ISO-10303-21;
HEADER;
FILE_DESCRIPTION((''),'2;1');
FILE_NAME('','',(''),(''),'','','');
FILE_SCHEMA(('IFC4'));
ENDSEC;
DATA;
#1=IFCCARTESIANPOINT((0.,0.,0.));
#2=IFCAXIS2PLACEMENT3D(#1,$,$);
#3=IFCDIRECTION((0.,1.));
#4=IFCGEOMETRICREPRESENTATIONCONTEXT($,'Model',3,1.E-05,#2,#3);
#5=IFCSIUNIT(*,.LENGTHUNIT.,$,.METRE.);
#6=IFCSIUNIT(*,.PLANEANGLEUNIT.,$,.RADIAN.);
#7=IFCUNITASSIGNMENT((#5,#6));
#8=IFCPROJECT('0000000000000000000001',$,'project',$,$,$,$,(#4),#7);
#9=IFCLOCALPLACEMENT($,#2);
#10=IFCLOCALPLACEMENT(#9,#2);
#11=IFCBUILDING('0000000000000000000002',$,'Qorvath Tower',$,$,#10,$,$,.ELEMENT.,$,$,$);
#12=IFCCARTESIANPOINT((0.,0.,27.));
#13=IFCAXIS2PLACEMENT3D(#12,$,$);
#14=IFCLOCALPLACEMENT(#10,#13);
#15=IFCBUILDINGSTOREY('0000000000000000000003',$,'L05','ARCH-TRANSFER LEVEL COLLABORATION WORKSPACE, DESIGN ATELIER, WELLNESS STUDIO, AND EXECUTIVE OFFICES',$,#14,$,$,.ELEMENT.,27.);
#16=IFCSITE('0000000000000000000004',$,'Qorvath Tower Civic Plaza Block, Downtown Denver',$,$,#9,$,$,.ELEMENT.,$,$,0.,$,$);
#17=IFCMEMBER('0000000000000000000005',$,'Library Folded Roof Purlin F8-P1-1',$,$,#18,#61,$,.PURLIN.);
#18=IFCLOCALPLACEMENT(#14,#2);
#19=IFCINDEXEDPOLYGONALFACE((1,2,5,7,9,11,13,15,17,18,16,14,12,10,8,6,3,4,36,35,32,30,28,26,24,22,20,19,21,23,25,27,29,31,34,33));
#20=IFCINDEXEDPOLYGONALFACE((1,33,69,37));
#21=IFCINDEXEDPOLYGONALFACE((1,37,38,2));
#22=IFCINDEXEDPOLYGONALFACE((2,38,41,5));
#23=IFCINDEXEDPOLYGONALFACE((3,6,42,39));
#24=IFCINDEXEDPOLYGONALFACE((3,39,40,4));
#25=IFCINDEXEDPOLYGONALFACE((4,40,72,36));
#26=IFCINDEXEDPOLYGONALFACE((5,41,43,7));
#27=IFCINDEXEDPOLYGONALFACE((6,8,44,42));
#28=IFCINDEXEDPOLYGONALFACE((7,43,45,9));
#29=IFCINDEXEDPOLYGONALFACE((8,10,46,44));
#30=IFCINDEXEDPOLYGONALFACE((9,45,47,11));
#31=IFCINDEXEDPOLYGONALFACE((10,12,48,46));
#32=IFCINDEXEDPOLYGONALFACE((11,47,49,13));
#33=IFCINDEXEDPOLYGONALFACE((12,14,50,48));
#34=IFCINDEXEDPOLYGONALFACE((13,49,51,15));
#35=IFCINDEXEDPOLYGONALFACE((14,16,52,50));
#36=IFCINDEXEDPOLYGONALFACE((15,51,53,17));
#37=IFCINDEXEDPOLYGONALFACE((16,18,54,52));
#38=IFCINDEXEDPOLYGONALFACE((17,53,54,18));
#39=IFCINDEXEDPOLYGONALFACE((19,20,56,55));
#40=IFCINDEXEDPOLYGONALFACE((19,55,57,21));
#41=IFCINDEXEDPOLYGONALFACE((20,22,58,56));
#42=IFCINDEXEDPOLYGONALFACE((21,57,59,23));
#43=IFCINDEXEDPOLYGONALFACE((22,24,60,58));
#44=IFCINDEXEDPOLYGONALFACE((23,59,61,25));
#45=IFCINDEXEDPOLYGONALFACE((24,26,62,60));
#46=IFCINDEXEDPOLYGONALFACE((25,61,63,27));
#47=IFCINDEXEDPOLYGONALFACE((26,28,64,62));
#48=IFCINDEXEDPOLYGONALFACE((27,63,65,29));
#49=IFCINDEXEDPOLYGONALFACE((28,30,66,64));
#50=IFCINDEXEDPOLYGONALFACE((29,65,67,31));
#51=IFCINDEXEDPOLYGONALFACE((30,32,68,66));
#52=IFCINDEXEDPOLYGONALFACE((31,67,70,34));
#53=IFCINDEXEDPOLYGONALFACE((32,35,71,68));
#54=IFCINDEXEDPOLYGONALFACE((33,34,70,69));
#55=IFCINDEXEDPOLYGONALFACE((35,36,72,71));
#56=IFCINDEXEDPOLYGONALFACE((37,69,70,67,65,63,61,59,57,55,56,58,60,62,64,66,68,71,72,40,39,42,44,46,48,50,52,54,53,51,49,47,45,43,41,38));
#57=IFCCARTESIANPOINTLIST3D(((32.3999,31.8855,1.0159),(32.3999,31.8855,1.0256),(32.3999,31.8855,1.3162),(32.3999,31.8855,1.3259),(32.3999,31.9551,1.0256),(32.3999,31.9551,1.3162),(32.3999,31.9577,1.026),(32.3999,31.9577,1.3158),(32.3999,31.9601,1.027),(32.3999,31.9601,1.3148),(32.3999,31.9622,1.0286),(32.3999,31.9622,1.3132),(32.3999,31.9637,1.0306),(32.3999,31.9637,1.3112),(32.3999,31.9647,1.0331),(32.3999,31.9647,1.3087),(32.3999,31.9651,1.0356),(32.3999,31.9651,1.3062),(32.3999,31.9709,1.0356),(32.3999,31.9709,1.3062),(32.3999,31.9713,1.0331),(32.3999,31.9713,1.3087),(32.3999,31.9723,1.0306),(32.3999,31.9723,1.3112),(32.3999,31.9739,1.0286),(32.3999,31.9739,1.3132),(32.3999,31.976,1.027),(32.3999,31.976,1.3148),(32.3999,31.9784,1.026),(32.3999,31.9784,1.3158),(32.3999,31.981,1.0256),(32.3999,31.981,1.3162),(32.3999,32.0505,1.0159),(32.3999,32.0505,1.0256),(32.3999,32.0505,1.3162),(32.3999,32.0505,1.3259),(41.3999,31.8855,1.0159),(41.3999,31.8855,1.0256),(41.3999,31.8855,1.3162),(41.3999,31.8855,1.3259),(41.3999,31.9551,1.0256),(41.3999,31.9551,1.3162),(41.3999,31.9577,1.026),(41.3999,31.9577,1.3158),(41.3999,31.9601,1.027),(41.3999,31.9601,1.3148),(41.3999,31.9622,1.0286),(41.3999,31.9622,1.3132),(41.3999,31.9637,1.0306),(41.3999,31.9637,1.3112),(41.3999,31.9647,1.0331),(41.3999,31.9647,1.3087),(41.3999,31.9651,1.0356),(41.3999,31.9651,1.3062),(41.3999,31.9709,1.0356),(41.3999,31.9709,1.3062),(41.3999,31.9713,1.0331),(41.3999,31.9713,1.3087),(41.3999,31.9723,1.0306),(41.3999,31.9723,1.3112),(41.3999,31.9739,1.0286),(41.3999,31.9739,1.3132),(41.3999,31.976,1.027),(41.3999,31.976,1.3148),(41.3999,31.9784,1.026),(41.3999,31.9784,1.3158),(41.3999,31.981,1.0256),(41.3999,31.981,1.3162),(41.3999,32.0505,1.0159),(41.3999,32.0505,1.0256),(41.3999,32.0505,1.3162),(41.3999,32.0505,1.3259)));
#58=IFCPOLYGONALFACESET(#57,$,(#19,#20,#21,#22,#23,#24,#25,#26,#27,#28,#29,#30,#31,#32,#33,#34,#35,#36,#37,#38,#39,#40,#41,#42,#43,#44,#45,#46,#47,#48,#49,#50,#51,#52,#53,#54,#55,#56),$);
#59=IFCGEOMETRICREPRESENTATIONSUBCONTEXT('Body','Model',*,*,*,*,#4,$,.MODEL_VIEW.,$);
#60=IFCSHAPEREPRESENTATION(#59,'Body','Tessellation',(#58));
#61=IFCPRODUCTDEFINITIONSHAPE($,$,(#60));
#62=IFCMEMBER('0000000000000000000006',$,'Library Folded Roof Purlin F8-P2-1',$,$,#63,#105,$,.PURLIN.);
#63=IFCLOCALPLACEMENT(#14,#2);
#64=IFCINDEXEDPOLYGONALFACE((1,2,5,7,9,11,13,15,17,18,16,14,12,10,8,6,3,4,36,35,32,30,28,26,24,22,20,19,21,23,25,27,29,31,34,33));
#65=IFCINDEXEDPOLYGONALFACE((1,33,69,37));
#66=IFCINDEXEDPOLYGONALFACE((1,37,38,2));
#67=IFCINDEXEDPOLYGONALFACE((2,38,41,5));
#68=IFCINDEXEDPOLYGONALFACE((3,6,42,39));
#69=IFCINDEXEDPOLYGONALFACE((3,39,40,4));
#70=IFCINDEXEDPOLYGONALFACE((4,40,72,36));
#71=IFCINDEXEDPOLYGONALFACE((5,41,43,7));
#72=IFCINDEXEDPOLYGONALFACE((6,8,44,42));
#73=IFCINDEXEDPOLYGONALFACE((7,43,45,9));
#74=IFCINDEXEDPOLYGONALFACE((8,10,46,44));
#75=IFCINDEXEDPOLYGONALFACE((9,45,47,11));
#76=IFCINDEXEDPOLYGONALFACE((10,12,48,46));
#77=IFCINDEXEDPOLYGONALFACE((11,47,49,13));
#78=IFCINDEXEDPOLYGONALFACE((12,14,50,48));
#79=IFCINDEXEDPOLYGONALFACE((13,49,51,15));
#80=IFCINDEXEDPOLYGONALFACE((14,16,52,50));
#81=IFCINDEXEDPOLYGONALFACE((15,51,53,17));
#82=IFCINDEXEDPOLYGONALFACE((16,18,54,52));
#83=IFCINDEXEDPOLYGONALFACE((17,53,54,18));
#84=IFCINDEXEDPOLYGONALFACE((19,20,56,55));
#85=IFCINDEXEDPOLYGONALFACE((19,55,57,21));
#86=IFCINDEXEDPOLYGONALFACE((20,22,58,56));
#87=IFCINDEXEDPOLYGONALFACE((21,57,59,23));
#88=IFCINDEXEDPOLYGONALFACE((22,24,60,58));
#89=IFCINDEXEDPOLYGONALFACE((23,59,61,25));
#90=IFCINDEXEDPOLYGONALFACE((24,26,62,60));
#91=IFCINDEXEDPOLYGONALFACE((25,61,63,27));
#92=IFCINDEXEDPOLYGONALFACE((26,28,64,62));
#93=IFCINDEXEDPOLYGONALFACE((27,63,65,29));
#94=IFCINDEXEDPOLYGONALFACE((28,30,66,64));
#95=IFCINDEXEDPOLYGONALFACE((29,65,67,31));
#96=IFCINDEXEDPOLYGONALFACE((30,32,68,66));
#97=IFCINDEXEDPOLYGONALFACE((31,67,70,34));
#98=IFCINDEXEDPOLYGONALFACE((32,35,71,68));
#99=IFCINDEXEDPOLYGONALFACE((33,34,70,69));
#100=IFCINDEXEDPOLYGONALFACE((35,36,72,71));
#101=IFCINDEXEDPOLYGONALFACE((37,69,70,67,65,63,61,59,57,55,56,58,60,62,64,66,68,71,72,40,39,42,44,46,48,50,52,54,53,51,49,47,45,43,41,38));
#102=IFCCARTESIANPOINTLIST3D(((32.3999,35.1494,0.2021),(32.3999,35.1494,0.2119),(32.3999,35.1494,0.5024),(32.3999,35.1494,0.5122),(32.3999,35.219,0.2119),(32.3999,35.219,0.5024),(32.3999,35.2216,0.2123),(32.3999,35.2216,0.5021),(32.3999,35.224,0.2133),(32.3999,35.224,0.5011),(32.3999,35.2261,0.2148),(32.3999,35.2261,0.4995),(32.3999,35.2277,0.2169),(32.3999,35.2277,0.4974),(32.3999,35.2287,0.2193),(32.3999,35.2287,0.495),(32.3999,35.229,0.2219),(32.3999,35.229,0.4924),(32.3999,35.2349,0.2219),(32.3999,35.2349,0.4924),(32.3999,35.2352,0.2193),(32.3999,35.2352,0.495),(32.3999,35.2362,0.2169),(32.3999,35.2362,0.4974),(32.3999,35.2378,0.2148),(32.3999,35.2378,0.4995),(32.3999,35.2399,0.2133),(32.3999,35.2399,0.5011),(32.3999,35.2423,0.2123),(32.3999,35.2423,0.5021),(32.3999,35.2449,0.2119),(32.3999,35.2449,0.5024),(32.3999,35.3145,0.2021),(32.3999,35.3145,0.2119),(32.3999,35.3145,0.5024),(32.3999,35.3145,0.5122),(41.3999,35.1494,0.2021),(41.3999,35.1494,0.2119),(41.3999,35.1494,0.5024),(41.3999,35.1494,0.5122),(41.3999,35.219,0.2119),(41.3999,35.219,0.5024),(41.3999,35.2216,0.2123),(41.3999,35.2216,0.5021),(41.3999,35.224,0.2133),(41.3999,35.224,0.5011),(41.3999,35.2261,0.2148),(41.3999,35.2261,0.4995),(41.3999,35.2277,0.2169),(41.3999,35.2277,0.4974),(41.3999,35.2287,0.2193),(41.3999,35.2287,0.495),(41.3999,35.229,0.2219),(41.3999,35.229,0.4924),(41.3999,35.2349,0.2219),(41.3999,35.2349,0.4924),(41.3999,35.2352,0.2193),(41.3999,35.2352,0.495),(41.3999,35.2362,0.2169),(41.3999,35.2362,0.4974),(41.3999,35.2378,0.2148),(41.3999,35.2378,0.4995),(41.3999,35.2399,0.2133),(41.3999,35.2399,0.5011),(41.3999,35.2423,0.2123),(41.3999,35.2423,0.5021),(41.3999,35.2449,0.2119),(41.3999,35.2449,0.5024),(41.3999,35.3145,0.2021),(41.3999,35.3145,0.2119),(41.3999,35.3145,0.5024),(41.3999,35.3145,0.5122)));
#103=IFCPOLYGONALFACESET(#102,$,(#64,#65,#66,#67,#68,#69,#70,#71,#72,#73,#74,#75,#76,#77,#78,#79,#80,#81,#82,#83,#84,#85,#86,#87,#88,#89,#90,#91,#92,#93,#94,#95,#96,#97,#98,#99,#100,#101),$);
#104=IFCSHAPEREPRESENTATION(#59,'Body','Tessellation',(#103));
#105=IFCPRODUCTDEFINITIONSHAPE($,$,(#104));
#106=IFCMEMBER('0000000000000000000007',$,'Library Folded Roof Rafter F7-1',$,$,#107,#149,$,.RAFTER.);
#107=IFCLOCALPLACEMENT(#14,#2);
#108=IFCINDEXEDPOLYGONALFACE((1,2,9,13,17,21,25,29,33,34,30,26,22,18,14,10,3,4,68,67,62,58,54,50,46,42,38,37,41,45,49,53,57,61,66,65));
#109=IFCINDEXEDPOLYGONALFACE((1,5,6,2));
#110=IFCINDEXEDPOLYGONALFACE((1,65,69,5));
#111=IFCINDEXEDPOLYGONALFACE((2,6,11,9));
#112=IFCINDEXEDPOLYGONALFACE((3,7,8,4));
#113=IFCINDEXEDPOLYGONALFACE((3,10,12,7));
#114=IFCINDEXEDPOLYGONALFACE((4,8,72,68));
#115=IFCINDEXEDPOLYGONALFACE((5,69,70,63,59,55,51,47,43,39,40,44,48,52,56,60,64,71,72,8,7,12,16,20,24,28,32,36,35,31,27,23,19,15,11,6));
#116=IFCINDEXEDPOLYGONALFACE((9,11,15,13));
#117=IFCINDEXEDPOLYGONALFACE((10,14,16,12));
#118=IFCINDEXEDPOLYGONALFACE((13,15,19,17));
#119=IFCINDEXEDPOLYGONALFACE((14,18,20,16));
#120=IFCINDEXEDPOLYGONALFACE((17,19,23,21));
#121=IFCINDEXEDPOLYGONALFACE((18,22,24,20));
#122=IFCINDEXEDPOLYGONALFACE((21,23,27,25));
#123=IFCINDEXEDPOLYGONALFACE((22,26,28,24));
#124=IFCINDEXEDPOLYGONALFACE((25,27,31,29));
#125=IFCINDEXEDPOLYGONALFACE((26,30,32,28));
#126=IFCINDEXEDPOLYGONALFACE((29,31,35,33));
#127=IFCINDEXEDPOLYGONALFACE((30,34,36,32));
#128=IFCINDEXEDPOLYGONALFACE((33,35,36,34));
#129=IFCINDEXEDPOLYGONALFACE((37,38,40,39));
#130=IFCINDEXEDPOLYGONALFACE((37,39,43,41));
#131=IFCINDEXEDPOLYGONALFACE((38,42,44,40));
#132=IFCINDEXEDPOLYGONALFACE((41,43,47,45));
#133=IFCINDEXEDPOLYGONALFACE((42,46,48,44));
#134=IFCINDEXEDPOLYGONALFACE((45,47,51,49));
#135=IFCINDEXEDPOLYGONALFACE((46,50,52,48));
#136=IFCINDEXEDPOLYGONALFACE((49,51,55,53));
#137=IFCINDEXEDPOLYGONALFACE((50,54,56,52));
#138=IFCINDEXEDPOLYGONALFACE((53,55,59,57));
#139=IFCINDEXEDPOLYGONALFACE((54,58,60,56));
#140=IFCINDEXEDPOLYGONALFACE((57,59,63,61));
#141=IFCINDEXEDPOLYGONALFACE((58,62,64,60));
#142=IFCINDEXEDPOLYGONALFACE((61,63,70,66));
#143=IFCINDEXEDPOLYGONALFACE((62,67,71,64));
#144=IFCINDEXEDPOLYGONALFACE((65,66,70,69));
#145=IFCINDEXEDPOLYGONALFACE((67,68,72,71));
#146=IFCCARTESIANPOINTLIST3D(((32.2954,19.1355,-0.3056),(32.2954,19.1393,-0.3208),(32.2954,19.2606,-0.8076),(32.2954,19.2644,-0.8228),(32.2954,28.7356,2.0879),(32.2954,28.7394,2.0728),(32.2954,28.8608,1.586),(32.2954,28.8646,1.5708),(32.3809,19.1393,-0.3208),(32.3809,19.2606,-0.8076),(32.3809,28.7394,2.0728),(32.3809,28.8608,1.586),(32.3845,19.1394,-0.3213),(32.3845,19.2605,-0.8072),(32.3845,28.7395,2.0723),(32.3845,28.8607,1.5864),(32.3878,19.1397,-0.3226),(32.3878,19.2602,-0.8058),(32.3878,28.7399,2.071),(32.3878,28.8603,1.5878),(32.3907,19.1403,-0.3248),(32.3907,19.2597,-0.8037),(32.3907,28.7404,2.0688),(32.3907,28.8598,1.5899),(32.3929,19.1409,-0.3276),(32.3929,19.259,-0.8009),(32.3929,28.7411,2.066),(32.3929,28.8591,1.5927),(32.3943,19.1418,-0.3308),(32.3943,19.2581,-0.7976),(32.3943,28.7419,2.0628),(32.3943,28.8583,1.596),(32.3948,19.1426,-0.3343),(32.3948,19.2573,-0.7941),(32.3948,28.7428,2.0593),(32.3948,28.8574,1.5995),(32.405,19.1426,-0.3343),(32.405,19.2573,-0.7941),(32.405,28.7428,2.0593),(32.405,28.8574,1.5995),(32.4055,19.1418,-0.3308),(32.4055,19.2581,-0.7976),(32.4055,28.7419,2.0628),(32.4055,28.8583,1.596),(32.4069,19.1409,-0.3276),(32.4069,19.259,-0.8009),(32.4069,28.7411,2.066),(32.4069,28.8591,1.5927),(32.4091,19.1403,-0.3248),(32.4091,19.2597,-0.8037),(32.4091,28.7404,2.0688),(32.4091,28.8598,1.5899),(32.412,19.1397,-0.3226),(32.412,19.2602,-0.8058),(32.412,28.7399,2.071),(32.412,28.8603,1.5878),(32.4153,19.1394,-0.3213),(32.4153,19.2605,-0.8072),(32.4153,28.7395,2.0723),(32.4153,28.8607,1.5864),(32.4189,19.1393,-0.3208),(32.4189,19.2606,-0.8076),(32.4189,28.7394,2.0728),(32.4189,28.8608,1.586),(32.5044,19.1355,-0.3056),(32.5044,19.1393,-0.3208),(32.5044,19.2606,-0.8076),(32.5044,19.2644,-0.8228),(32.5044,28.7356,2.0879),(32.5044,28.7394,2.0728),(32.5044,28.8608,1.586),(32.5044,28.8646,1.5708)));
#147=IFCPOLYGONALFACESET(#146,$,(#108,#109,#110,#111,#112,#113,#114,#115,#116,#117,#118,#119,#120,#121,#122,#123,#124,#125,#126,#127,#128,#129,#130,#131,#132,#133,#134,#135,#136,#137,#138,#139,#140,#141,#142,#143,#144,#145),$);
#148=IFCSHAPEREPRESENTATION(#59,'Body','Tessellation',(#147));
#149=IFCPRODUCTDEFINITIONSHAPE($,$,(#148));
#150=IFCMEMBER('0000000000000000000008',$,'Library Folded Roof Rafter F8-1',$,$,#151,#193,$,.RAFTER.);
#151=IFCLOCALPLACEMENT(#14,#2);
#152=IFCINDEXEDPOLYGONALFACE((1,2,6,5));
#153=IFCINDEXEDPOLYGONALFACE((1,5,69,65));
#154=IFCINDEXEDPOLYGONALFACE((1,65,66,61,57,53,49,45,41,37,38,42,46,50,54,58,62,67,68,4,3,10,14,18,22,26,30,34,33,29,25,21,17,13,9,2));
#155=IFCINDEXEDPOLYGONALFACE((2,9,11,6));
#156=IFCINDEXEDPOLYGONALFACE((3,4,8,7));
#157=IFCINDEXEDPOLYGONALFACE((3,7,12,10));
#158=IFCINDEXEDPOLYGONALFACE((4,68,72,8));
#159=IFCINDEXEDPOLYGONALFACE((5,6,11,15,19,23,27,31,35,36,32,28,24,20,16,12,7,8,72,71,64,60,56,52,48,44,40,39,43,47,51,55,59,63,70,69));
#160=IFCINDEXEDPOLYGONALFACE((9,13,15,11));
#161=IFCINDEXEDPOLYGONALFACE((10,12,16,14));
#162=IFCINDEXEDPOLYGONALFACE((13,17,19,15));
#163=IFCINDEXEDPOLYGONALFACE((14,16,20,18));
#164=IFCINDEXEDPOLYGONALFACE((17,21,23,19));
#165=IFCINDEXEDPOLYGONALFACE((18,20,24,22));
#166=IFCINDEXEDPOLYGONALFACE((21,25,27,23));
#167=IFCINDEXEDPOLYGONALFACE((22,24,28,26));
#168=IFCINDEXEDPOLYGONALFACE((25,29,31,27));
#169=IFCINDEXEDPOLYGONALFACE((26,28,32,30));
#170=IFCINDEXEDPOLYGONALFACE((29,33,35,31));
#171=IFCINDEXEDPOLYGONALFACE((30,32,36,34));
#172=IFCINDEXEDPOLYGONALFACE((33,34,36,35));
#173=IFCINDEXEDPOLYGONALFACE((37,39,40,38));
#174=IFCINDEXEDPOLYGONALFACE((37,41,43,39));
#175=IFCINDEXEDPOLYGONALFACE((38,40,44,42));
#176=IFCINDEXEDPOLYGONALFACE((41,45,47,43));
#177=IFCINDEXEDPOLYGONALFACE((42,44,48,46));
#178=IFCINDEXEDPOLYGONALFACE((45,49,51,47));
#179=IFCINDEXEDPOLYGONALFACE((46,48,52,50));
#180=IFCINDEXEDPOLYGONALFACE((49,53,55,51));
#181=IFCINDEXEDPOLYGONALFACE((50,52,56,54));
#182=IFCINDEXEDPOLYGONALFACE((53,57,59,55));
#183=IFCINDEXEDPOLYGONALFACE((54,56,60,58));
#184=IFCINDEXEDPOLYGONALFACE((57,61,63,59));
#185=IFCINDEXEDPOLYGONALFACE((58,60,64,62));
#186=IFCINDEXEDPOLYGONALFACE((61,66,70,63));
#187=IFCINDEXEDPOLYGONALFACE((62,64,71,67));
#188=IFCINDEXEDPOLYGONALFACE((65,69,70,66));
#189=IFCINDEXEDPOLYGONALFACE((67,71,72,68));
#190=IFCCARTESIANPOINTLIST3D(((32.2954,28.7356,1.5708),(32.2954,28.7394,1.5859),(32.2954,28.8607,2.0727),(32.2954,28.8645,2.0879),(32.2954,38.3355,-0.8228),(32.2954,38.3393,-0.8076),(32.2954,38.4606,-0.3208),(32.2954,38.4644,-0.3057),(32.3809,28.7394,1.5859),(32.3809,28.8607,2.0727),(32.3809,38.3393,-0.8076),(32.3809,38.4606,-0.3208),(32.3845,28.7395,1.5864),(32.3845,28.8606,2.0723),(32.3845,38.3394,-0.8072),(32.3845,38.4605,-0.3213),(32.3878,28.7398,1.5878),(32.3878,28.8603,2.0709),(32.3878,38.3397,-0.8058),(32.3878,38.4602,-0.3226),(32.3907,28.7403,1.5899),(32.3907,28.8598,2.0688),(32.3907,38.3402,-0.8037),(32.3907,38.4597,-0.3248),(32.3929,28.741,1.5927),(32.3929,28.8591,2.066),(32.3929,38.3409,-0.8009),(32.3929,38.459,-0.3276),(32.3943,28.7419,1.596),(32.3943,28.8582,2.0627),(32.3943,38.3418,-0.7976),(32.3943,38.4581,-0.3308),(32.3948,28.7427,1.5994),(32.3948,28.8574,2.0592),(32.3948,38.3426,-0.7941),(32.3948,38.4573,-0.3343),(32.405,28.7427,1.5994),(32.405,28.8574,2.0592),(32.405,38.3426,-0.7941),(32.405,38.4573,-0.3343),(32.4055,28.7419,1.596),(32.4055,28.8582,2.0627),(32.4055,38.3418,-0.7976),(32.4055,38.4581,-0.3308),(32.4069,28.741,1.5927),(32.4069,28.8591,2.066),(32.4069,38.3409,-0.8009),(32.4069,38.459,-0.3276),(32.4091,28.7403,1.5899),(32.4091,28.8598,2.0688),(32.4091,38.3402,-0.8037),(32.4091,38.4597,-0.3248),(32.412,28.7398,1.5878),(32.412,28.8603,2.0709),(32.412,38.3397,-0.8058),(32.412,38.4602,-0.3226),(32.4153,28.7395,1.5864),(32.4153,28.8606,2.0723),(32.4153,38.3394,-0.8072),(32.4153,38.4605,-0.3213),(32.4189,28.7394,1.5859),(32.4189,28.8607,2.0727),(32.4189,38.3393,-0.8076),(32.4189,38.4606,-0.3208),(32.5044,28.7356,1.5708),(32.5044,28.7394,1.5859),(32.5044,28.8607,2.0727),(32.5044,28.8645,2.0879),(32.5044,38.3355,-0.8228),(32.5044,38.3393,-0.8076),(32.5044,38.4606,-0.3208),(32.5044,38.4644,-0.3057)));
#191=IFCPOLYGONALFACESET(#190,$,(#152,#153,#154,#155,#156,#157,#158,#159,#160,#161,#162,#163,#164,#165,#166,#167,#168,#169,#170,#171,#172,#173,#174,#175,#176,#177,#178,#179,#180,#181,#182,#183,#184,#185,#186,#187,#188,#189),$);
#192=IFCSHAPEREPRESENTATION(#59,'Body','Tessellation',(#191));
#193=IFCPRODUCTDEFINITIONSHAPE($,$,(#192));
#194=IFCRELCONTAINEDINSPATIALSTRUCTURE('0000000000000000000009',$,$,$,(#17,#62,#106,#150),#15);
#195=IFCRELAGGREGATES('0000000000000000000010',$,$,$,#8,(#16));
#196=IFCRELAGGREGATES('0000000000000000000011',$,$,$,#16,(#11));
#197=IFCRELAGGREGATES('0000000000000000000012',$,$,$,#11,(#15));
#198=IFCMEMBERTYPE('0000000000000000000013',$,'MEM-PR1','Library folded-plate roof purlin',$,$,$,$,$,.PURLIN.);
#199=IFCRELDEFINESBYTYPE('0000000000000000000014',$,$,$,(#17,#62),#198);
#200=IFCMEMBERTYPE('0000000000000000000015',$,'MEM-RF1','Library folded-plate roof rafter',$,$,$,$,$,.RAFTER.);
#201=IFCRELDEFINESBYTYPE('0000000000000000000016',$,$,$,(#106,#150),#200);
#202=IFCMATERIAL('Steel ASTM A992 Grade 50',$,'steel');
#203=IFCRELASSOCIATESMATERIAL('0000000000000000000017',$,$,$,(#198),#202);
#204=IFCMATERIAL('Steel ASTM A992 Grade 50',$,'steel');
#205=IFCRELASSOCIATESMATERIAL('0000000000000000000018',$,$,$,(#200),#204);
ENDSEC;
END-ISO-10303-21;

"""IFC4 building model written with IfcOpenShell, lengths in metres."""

from ifc_helpers import new_model, si_unit, direction, frame, origin, origin_2d, place, context, subcontext, project, spatial, i_section, extrude, material, material_profile, profile_set, type_object, element, save


model = new_model("IFC4")

# Units and contexts
model_context = context("Model", 3, precision=1e-05, world=origin(), true_north=direction((0.0, 1.0)))
body_context = subcontext(model_context, "Body", "Model", "MODEL_VIEW")
ifc_project = project(units=[si_unit("LENGTHUNIT", "METRE"), si_unit("PLANEANGLEUNIT", "RADIAN")], contexts=[model_context])

# Site, building, storey
site_placement = place(None, origin())
site = spatial("IfcSite", under=ifc_project, at=site_placement, Name="Qorvath Tower Civic Plaza Block, Downtown Denver", CompositionType="ELEMENT", RefElevation=0.0)
building_placement = place(site_placement, origin())
building = spatial("IfcBuilding", under=site, at=building_placement, Name="Qorvath Tower", CompositionType="ELEMENT")
storey_placement = place(building_placement, frame((0.0, 0.0, 27.0)))
storey = spatial("IfcBuildingStorey", under=building, at=storey_placement, Name="L05", Description="ARCH-TRANSFER LEVEL COLLABORATION WORKSPACE, DESIGN ATELIER, WELLNESS STUDIO, AND EXECUTIVE OFFICES", CompositionType="ELEMENT", Elevation=27.0)

# Members
ifc_material_1 = material(Name="Steel ASTM A992 Grade 50", Category="steel")
ifc_material_profile_1 = material_profile(ifc_material_1, i_section(OverallWidth=0.165, OverallDepth=0.3101, WebThickness=0.0059, FlangeThickness=0.0098, FilletRadius=0.01, at=origin_2d()), Name="W12x26")
ifc_profile_set_1 = profile_set([ifc_material_profile_1], Name="Steel ASTM A992 Grade 50")
member_type_1 = type_object("IfcMemberType", Name="MEM-PR1", Description="Library folded-plate roof purlin", PredefinedType="PURLIN", material=ifc_profile_set_1)
for number, where, z_axis, x_axis, name in (
    (1, (32.3999, 31.968, 1.1709), (1.0, 0.0, 0.0), (0.0, 1.0, 0.0), "Library Folded Roof Purlin F8-P1-1"),
    (2, (32.3999, 35.2319, 0.3572), (1.0, 0.0, 0.0), (0.0, 1.0, 0.0), "Library Folded Roof Purlin F8-P2-1"),
):
    element("IfcMember", number, at=place(storey_placement, frame(where, z_axis=z_axis, x_axis=x_axis)), inside=storey, type_object=member_type_1, Name=name, PredefinedType="PURLIN", context=body_context, shape_type="SweptSolid", body=[
        extrude(i_section(OverallWidth=0.165, OverallDepth=0.3101, WebThickness=0.0059, FlangeThickness=0.0098, FilletRadius=0.01, at=origin_2d()), origin(), (0.0, 0.0, 1.0), 9.0),
    ])
ifc_material_2 = material(Name="Steel ASTM A992 Grade 50", Category="steel")
ifc_material_profile_2 = material_profile(ifc_material_2, i_section(OverallWidth=0.209, OverallDepth=0.533, WebThickness=0.0103, FlangeThickness=0.0156, FilletRadius=0.0139, at=origin_2d()), Name="W21x62")
ifc_profile_set_2 = profile_set([ifc_material_profile_2], Name="Steel ASTM A992 Grade 50")
member_type_2 = type_object("IfcMemberType", Name="MEM-RF1", Description="Library folded-plate roof rafter", PredefinedType="RAFTER", material=ifc_profile_set_2)
member_1_placement = place(storey_placement, frame((32.3999, 19.2, -0.5642), z_axis=(0.0, 0.970296, 0.24192), x_axis=(-1.0, 0.0, 0.0)))
element("IfcMember", 3, at=member_1_placement, inside=storey, type_object=member_type_2, Name="Library Folded Roof Rafter F7-1", PredefinedType="RAFTER", context=body_context, shape_type="SweptSolid", body=[
    extrude(i_section(OverallWidth=0.209, OverallDepth=0.533, WebThickness=0.0103, FlangeThickness=0.0156, FilletRadius=0.0139, at=origin_2d()), origin(), (0.0, 0.0, 1.0), 9.894),
])
member_2_placement = place(storey_placement, frame((32.3999, 28.8, 1.8293), z_axis=(0.0, 0.970295, -0.241926), x_axis=(-1.0, 0.0, 0.0)))
element("IfcMember", 4, at=member_2_placement, inside=storey, type_object=member_type_2, Name="Library Folded Roof Rafter F8-1", PredefinedType="RAFTER", context=body_context, shape_type="SweptSolid", body=[
    extrude(i_section(OverallWidth=0.209, OverallDepth=0.533, WebThickness=0.0103, FlangeThickness=0.0156, FilletRadius=0.0139, at=origin_2d()), origin(), (0.0, 0.0, 1.0), 9.8938),
])

save(model, "model.ifc")
